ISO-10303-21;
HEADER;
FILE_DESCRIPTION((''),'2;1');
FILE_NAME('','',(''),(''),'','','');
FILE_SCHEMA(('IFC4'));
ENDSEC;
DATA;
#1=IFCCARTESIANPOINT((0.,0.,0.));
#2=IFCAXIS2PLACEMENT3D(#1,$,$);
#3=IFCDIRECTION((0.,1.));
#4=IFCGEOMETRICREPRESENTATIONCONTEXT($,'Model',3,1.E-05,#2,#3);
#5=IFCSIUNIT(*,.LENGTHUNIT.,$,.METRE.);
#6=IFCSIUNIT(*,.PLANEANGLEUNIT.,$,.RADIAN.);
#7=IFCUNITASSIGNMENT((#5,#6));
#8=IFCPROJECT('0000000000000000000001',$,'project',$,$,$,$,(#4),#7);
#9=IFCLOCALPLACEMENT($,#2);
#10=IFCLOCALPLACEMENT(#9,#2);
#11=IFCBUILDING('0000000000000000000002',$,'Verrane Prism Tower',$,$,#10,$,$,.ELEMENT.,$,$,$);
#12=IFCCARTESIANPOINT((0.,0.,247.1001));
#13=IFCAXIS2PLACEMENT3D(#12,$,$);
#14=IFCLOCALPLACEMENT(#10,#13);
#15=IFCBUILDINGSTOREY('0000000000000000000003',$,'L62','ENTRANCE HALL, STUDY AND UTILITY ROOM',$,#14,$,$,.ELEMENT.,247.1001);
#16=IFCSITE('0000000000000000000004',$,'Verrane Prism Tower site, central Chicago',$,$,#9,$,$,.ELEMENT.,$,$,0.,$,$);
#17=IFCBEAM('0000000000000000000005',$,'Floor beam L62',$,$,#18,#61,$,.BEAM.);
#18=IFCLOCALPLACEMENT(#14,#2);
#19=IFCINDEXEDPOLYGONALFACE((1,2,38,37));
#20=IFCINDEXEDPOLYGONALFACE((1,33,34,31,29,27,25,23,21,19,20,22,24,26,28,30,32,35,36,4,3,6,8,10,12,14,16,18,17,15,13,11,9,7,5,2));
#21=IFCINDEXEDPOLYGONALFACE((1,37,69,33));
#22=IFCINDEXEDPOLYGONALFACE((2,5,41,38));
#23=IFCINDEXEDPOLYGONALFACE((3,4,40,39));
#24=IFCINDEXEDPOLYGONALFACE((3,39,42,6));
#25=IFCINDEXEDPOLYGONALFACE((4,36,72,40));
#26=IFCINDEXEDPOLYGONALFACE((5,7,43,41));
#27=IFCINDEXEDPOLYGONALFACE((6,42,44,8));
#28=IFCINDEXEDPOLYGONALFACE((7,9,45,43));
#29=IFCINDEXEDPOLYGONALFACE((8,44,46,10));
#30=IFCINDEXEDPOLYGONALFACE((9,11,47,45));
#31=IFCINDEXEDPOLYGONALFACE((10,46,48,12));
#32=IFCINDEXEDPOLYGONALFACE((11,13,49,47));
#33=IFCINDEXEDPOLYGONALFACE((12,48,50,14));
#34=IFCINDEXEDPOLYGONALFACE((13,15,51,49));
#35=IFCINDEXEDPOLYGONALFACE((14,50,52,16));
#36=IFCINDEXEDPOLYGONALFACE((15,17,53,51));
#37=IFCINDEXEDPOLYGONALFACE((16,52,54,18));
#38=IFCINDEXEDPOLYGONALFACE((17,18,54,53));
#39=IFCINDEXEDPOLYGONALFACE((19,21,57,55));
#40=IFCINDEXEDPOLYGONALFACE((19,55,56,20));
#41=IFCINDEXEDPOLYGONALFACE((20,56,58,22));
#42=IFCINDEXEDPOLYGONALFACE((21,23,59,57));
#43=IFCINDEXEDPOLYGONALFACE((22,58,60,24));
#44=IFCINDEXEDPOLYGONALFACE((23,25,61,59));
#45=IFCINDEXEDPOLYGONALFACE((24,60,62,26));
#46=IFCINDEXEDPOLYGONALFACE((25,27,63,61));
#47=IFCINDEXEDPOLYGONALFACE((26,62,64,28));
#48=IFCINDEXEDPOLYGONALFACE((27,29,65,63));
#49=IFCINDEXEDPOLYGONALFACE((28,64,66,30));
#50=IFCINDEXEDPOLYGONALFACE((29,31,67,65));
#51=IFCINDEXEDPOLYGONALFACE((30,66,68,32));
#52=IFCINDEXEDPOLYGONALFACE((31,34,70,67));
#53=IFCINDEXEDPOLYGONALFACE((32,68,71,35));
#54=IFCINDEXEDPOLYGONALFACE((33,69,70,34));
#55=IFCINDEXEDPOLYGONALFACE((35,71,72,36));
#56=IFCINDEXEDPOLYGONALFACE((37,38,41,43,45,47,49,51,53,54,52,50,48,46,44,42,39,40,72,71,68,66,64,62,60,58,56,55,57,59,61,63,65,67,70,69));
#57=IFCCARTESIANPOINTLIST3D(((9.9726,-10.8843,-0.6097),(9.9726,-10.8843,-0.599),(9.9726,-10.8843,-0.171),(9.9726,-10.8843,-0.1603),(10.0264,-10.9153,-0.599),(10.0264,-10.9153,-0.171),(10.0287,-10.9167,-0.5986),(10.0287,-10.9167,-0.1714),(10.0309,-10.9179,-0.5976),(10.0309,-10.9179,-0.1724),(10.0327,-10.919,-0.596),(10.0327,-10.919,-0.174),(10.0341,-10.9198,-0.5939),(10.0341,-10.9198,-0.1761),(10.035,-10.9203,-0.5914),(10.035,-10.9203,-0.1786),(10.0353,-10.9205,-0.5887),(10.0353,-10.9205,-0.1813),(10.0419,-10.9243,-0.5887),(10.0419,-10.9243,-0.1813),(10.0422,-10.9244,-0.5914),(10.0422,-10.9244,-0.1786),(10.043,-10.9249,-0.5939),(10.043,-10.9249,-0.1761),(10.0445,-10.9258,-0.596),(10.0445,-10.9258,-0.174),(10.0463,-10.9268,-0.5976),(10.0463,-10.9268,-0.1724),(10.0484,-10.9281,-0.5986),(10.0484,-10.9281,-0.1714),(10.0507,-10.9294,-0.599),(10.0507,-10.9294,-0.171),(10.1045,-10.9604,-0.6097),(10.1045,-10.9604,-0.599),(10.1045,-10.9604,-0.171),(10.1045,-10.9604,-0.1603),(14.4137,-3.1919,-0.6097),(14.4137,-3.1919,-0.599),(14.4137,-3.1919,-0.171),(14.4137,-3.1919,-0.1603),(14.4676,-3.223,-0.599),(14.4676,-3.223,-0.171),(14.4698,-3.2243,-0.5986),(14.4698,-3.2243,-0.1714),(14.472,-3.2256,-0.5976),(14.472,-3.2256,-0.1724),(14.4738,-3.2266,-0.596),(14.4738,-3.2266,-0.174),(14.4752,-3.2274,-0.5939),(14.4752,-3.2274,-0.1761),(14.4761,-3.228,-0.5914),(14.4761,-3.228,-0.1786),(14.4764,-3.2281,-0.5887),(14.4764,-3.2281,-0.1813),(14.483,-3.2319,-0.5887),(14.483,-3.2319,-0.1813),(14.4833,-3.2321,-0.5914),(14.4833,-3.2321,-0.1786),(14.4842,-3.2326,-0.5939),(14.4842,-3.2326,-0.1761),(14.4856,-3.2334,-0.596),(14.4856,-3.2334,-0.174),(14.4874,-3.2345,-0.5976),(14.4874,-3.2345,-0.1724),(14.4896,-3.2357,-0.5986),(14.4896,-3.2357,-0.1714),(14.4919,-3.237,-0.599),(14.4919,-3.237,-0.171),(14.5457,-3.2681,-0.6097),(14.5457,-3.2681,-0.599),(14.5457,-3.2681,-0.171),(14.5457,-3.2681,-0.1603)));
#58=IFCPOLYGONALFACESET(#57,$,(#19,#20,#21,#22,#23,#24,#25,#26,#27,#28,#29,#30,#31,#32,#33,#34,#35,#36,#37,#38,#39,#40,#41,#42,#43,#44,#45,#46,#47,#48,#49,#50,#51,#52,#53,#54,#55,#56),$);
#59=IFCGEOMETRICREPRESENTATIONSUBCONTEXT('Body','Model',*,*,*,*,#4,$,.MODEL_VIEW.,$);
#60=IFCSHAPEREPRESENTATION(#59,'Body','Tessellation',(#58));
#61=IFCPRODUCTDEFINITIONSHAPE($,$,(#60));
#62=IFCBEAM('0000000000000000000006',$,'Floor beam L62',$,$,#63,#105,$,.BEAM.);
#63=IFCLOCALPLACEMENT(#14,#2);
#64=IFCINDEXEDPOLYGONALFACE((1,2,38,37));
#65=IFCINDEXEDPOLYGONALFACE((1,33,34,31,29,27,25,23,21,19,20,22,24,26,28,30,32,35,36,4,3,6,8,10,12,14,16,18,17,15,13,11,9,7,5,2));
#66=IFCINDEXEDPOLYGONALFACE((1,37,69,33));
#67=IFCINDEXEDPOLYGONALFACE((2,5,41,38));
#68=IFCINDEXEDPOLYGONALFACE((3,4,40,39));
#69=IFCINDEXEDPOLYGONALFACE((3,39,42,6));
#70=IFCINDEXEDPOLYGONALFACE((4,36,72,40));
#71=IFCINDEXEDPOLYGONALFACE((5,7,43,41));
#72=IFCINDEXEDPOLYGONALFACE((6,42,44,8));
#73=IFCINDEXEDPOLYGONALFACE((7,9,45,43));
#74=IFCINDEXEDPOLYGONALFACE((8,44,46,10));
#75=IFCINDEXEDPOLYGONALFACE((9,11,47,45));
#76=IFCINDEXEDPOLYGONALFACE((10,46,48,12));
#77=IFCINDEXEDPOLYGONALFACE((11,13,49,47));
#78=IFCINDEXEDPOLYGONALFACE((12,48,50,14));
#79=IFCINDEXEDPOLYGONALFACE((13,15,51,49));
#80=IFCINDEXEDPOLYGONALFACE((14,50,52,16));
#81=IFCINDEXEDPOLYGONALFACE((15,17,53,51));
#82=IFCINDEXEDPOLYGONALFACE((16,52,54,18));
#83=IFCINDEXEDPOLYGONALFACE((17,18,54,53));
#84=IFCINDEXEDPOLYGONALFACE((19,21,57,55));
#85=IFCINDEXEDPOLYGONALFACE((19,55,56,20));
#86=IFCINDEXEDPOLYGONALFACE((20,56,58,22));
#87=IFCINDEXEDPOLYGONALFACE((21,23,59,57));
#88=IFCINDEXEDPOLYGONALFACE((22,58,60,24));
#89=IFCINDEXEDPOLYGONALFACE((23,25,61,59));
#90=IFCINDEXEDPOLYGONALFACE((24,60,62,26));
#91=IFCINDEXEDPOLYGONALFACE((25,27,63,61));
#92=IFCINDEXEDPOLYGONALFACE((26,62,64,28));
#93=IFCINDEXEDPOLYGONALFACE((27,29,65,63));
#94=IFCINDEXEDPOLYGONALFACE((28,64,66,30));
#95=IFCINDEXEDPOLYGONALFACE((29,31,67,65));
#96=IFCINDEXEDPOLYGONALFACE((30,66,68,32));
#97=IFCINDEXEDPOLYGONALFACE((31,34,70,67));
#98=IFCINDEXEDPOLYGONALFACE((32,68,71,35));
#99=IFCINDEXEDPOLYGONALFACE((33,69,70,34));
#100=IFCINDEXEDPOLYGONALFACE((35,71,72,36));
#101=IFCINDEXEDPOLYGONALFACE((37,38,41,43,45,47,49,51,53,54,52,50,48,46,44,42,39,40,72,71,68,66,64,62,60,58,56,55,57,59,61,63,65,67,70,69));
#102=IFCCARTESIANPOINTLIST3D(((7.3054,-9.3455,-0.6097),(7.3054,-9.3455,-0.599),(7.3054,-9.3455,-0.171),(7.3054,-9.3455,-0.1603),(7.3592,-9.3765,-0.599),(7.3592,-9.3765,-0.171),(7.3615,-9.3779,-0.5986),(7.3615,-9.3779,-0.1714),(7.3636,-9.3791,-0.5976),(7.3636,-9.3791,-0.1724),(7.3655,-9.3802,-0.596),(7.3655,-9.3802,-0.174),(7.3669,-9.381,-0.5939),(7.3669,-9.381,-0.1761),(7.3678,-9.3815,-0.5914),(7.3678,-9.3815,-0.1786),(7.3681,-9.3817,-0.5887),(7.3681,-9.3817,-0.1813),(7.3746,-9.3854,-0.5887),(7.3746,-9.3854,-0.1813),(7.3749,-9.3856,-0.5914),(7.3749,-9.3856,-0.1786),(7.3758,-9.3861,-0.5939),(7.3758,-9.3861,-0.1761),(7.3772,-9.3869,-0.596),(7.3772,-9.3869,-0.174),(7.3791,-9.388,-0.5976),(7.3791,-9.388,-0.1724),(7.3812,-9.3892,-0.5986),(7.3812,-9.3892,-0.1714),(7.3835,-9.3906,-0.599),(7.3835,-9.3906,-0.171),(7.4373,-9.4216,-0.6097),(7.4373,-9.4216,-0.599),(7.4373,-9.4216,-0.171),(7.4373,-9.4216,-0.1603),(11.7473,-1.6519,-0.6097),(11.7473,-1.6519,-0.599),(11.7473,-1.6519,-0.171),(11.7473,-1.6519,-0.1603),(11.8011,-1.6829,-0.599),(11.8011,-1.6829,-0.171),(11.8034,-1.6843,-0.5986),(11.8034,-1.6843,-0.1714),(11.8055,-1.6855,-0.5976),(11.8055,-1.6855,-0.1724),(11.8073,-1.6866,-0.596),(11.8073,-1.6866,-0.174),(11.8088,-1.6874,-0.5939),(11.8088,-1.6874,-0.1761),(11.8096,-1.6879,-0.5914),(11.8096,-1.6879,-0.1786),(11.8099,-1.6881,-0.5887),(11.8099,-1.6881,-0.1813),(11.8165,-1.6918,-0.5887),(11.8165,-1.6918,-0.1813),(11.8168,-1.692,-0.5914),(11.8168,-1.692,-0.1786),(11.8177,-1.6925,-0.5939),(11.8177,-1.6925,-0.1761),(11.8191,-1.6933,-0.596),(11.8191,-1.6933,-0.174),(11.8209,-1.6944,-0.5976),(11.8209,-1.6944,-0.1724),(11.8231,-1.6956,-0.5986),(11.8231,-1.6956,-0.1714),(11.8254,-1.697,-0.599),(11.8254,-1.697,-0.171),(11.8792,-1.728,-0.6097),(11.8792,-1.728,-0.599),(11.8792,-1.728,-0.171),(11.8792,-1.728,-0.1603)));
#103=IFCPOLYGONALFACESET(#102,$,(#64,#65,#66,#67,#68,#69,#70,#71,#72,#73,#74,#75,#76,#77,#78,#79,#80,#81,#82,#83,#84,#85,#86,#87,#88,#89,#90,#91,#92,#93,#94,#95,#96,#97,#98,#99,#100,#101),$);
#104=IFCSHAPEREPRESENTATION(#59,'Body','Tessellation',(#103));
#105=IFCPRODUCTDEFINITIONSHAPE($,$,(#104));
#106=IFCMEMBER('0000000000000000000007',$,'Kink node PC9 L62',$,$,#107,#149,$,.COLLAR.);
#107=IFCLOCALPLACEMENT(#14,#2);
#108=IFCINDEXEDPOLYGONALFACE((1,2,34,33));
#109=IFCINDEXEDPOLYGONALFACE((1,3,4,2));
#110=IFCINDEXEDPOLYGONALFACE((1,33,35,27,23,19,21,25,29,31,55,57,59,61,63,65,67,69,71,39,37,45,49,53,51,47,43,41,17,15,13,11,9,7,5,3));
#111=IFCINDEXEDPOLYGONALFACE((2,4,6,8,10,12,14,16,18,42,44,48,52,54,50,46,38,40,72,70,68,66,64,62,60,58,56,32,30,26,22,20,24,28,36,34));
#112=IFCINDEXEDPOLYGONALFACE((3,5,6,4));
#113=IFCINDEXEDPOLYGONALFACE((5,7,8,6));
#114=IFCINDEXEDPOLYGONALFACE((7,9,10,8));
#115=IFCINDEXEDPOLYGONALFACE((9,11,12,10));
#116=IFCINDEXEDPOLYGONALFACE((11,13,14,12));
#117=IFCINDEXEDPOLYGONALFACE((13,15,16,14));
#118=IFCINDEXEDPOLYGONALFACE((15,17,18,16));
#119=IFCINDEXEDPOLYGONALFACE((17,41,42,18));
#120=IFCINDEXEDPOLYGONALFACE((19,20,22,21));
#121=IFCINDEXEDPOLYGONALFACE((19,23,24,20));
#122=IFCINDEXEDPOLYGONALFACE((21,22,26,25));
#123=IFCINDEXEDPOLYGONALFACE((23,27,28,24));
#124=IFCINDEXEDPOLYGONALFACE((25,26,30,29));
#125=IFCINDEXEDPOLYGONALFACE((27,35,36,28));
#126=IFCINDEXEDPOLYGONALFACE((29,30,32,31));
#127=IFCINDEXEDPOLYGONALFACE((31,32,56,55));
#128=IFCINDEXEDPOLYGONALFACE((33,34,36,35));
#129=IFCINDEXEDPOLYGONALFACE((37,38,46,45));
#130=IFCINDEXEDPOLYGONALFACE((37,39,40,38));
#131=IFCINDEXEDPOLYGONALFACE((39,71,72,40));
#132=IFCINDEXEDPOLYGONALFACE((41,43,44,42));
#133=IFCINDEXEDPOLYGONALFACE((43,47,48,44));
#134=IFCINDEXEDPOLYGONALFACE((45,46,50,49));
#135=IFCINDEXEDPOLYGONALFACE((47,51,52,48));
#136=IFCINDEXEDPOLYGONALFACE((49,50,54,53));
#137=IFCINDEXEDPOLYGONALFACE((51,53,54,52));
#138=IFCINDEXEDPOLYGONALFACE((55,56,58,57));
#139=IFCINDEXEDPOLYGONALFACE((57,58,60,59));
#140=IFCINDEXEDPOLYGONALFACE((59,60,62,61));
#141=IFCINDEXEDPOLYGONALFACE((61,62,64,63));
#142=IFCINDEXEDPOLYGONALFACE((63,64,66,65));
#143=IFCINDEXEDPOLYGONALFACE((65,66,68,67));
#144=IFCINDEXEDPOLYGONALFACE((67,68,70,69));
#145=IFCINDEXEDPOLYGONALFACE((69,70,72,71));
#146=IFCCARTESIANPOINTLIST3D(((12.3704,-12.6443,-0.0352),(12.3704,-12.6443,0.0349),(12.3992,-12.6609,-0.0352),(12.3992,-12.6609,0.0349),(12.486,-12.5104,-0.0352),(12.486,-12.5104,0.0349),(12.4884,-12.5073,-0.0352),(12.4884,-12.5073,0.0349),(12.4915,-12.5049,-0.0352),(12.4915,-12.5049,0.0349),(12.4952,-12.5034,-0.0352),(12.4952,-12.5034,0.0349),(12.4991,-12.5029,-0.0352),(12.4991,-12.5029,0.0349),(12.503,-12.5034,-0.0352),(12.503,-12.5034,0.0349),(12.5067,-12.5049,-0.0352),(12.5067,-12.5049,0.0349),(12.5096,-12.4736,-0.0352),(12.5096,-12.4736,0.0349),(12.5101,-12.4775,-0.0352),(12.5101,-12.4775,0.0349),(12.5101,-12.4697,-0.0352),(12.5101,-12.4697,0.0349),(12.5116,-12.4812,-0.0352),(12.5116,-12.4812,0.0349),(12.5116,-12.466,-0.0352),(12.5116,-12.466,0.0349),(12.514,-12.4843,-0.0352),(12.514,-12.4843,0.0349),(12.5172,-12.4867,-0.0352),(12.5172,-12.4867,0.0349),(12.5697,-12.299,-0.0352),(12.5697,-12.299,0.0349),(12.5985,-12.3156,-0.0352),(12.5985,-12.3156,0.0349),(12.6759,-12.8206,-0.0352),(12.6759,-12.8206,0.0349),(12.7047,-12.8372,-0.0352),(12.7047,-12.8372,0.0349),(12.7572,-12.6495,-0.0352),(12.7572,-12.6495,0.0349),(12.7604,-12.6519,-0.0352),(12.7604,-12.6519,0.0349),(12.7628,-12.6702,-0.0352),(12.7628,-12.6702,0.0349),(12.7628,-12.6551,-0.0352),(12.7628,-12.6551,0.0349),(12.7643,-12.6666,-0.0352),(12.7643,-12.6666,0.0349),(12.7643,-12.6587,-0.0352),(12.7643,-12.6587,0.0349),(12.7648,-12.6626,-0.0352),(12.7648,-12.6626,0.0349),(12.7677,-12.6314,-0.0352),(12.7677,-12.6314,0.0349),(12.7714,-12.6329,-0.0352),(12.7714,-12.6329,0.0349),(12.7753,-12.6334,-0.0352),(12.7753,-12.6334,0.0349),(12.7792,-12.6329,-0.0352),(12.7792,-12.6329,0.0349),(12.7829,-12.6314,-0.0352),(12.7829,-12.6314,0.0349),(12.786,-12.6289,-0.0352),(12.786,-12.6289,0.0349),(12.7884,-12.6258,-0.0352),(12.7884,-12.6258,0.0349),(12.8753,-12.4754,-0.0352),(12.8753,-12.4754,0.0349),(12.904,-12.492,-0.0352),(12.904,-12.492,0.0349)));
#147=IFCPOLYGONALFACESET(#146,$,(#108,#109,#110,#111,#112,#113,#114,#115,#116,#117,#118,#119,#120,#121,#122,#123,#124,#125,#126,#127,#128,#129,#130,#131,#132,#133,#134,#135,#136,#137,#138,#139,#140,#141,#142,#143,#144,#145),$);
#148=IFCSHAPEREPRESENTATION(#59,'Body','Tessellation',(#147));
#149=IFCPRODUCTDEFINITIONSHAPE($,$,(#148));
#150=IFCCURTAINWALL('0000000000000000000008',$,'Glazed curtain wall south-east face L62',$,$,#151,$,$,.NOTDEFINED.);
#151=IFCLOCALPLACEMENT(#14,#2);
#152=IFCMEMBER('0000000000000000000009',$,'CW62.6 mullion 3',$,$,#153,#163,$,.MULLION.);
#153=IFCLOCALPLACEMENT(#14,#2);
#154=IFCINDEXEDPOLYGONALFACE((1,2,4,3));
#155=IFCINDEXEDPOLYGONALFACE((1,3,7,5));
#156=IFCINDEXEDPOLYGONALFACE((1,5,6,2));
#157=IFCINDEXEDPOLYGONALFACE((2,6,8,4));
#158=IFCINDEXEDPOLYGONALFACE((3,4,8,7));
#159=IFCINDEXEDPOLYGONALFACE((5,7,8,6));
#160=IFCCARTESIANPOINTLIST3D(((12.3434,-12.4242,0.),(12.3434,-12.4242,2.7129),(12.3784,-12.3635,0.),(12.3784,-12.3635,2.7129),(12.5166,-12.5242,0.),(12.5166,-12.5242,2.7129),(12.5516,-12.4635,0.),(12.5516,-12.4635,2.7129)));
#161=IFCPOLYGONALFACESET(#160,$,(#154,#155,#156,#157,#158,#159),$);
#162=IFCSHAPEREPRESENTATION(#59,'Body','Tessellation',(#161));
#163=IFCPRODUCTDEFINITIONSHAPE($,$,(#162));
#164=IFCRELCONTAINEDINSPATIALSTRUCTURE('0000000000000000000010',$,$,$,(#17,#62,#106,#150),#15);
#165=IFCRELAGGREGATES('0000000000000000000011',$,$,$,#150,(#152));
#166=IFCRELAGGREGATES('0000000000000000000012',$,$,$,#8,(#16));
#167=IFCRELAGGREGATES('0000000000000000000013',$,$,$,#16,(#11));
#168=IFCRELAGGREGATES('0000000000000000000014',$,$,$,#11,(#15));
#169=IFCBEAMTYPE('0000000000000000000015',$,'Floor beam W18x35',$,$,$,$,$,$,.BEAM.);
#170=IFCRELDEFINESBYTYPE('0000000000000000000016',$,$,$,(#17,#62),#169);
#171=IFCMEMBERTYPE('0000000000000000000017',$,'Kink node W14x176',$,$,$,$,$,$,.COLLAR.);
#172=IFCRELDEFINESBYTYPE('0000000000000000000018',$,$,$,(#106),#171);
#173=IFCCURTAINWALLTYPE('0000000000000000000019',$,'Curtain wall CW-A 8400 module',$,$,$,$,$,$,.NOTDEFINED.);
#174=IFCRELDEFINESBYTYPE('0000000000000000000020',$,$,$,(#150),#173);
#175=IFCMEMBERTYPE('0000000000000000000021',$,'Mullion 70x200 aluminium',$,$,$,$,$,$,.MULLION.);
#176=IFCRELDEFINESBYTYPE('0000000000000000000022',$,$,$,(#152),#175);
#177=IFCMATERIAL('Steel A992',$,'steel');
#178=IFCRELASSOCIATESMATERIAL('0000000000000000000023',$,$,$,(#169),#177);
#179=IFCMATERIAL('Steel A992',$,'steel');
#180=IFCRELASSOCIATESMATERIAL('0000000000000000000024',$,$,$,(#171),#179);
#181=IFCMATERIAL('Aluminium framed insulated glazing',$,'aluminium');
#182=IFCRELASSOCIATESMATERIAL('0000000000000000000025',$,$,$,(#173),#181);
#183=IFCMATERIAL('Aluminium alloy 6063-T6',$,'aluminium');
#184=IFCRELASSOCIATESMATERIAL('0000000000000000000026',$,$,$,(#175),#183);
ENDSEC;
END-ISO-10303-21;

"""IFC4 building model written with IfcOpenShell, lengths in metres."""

from ifc_helpers import new_model, si_unit, direction, frame, origin, origin_2d, place, context, subcontext, project, spatial, rectangle, i_section, extrude, material, material_profile, profile_set, type_object, element, aggregate, save


model = new_model("IFC4")

# Units and contexts
model_context = context("Model", 3, precision=1e-05, world=origin(), true_north=direction((0.0, 1.0)))
body_context = subcontext(model_context, "Body", "Model", "MODEL_VIEW")
ifc_project = project(units=[si_unit("LENGTHUNIT", "METRE"), si_unit("PLANEANGLEUNIT", "RADIAN")], contexts=[model_context])

# Site, building, storey
site_placement = place(None, origin())
site = spatial("IfcSite", under=ifc_project, at=site_placement, Name="Verrane Prism Tower site, central Chicago", CompositionType="ELEMENT", RefElevation=0.0)
building_placement = place(site_placement, origin())
building = spatial("IfcBuilding", under=site, at=building_placement, Name="Verrane Prism Tower", CompositionType="ELEMENT")
storey_placement = place(building_placement, frame((0.0, 0.0, 247.1001)))
storey = spatial("IfcBuildingStorey", under=building, at=storey_placement, Name="L62", Description="ENTRANCE HALL, STUDY AND UTILITY ROOM", CompositionType="ELEMENT", Elevation=247.1001)

# Beams
ifc_material_1 = material(Name="Steel A992", Category="steel")
ifc_material_profile_1 = material_profile(ifc_material_1, i_section(OverallWidth=0.1523, OverallDepth=0.4495, WebThickness=0.0076, FlangeThickness=0.0107, FilletRadius=0.0103, at=origin_2d()), Name="W18x35")
ifc_profile_set_1 = profile_set([ifc_material_profile_1], Name="Steel A992")
beam_type_1 = type_object("IfcBeamType", Name="Floor beam W18x35", PredefinedType="BEAM", material=ifc_profile_set_1)
beam_1_placement = place(storey_placement, frame((10.0386, -10.9224, -0.385), z_axis=(0.499997, 0.866027, 0.0), x_axis=(-0.866027, 0.499997, 0.0)))
element("IfcBeam", 1, at=beam_1_placement, inside=storey, type_object=beam_type_1, Name="Floor beam L62", PredefinedType="BEAM", context=body_context, shape_type="SweptSolid", body=[
    extrude(i_section(OverallWidth=0.1523, OverallDepth=0.4495, WebThickness=0.0076, FlangeThickness=0.0107, FilletRadius=0.0103, at=origin_2d()), origin(), (0.0, 0.0, 1.0), 8.8823),
])
beam_2_placement = place(storey_placement, frame((7.3713, -9.3835, -0.385), z_axis=(0.499999, 0.866026, 0.0), x_axis=(-0.866026, 0.499999, 0.0)))
element("IfcBeam", 2, at=beam_2_placement, inside=storey, type_object=beam_type_1, Name="Floor beam L62", PredefinedType="BEAM", context=body_context, shape_type="SweptSolid", body=[
    extrude(i_section(OverallWidth=0.1523, OverallDepth=0.4495, WebThickness=0.0076, FlangeThickness=0.0107, FilletRadius=0.0103, at=origin_2d()), origin(), (0.0, 0.0, 1.0), 8.8838),
])

# Member
ifc_material_2 = material(Name="Steel A992", Category="steel")
ifc_material_profile_2 = material_profile(ifc_material_2, i_section(OverallWidth=0.3987, OverallDepth=0.386, WebThickness=0.021, FlangeThickness=0.0332, FilletRadius=0.0151, at=origin_2d()), Name="W14x176")
ifc_profile_set_2 = profile_set([ifc_material_profile_2], Name="Steel A992")
member_type_1 = type_object("IfcMemberType", Name="Kink node W14x176", PredefinedType="COLLAR", material=ifc_profile_set_2)
member_1_placement = place(storey_placement, frame((12.6372, -12.5681, -0.0352), z_axis=(0.0, 0.0, 1.0), x_axis=(-0.5, -0.866025, 0.0)))
element("IfcMember", 3, at=member_1_placement, inside=storey, type_object=member_type_1, Name="Kink node PC9 L62", PredefinedType="COLLAR", context=body_context, shape_type="SweptSolid", body=[
    extrude(i_section(OverallWidth=0.3987, OverallDepth=0.386, WebThickness=0.021, FlangeThickness=0.0332, FilletRadius=0.0151, at=origin_2d()), origin(), (0.0, 0.0, 1.0), 0.0701),
])

# Curtain wall, member
ifc_material_3 = material(Name="Aluminium framed insulated glazing", Category="aluminium")
curtain_wall_type = type_object("IfcCurtainWallType", Name="Curtain wall CW-A 8400 module", PredefinedType="NOTDEFINED", material=ifc_material_3)
curtain_wall_placement = place(storey_placement, origin())
curtain_wall = element("IfcCurtainWall", 4, at=curtain_wall_placement, inside=storey, type_object=curtain_wall_type, Name="Glazed curtain wall south-east face L62", PredefinedType="NOTDEFINED")
ifc_material_4 = material(Name="Aluminium alloy 6063-T6", Category="aluminium")
ifc_material_profile_3 = material_profile(ifc_material_4, rectangle(XDim=0.2, YDim=0.0701, at=origin_2d()), Name="Mullion 70x200 aluminium")
ifc_profile_set_3 = profile_set([ifc_material_profile_3], Name="Aluminium alloy 6063-T6")
member_type_2 = type_object("IfcMemberType", Name="Mullion 70x200 aluminium", PredefinedType="MULLION", material=ifc_profile_set_3)
member_2_placement = place(storey_placement, frame((12.4475, -12.4438, 0.0), z_axis=(0.0, 0.0, 1.0), x_axis=(-0.866026, 0.5, 0.0)))
member_2 = element("IfcMember", 5, at=member_2_placement, type_object=member_type_2, Name="CW62.6 mullion 3", PredefinedType="MULLION", context=body_context, shape_type="SweptSolid", body=[
    extrude(rectangle(XDim=0.2, YDim=0.0701, at=origin_2d()), origin(), (0.0, 0.0, 1.0), 2.7129),
])

aggregate(curtain_wall, [member_2])

save(model, "model.ifc")
